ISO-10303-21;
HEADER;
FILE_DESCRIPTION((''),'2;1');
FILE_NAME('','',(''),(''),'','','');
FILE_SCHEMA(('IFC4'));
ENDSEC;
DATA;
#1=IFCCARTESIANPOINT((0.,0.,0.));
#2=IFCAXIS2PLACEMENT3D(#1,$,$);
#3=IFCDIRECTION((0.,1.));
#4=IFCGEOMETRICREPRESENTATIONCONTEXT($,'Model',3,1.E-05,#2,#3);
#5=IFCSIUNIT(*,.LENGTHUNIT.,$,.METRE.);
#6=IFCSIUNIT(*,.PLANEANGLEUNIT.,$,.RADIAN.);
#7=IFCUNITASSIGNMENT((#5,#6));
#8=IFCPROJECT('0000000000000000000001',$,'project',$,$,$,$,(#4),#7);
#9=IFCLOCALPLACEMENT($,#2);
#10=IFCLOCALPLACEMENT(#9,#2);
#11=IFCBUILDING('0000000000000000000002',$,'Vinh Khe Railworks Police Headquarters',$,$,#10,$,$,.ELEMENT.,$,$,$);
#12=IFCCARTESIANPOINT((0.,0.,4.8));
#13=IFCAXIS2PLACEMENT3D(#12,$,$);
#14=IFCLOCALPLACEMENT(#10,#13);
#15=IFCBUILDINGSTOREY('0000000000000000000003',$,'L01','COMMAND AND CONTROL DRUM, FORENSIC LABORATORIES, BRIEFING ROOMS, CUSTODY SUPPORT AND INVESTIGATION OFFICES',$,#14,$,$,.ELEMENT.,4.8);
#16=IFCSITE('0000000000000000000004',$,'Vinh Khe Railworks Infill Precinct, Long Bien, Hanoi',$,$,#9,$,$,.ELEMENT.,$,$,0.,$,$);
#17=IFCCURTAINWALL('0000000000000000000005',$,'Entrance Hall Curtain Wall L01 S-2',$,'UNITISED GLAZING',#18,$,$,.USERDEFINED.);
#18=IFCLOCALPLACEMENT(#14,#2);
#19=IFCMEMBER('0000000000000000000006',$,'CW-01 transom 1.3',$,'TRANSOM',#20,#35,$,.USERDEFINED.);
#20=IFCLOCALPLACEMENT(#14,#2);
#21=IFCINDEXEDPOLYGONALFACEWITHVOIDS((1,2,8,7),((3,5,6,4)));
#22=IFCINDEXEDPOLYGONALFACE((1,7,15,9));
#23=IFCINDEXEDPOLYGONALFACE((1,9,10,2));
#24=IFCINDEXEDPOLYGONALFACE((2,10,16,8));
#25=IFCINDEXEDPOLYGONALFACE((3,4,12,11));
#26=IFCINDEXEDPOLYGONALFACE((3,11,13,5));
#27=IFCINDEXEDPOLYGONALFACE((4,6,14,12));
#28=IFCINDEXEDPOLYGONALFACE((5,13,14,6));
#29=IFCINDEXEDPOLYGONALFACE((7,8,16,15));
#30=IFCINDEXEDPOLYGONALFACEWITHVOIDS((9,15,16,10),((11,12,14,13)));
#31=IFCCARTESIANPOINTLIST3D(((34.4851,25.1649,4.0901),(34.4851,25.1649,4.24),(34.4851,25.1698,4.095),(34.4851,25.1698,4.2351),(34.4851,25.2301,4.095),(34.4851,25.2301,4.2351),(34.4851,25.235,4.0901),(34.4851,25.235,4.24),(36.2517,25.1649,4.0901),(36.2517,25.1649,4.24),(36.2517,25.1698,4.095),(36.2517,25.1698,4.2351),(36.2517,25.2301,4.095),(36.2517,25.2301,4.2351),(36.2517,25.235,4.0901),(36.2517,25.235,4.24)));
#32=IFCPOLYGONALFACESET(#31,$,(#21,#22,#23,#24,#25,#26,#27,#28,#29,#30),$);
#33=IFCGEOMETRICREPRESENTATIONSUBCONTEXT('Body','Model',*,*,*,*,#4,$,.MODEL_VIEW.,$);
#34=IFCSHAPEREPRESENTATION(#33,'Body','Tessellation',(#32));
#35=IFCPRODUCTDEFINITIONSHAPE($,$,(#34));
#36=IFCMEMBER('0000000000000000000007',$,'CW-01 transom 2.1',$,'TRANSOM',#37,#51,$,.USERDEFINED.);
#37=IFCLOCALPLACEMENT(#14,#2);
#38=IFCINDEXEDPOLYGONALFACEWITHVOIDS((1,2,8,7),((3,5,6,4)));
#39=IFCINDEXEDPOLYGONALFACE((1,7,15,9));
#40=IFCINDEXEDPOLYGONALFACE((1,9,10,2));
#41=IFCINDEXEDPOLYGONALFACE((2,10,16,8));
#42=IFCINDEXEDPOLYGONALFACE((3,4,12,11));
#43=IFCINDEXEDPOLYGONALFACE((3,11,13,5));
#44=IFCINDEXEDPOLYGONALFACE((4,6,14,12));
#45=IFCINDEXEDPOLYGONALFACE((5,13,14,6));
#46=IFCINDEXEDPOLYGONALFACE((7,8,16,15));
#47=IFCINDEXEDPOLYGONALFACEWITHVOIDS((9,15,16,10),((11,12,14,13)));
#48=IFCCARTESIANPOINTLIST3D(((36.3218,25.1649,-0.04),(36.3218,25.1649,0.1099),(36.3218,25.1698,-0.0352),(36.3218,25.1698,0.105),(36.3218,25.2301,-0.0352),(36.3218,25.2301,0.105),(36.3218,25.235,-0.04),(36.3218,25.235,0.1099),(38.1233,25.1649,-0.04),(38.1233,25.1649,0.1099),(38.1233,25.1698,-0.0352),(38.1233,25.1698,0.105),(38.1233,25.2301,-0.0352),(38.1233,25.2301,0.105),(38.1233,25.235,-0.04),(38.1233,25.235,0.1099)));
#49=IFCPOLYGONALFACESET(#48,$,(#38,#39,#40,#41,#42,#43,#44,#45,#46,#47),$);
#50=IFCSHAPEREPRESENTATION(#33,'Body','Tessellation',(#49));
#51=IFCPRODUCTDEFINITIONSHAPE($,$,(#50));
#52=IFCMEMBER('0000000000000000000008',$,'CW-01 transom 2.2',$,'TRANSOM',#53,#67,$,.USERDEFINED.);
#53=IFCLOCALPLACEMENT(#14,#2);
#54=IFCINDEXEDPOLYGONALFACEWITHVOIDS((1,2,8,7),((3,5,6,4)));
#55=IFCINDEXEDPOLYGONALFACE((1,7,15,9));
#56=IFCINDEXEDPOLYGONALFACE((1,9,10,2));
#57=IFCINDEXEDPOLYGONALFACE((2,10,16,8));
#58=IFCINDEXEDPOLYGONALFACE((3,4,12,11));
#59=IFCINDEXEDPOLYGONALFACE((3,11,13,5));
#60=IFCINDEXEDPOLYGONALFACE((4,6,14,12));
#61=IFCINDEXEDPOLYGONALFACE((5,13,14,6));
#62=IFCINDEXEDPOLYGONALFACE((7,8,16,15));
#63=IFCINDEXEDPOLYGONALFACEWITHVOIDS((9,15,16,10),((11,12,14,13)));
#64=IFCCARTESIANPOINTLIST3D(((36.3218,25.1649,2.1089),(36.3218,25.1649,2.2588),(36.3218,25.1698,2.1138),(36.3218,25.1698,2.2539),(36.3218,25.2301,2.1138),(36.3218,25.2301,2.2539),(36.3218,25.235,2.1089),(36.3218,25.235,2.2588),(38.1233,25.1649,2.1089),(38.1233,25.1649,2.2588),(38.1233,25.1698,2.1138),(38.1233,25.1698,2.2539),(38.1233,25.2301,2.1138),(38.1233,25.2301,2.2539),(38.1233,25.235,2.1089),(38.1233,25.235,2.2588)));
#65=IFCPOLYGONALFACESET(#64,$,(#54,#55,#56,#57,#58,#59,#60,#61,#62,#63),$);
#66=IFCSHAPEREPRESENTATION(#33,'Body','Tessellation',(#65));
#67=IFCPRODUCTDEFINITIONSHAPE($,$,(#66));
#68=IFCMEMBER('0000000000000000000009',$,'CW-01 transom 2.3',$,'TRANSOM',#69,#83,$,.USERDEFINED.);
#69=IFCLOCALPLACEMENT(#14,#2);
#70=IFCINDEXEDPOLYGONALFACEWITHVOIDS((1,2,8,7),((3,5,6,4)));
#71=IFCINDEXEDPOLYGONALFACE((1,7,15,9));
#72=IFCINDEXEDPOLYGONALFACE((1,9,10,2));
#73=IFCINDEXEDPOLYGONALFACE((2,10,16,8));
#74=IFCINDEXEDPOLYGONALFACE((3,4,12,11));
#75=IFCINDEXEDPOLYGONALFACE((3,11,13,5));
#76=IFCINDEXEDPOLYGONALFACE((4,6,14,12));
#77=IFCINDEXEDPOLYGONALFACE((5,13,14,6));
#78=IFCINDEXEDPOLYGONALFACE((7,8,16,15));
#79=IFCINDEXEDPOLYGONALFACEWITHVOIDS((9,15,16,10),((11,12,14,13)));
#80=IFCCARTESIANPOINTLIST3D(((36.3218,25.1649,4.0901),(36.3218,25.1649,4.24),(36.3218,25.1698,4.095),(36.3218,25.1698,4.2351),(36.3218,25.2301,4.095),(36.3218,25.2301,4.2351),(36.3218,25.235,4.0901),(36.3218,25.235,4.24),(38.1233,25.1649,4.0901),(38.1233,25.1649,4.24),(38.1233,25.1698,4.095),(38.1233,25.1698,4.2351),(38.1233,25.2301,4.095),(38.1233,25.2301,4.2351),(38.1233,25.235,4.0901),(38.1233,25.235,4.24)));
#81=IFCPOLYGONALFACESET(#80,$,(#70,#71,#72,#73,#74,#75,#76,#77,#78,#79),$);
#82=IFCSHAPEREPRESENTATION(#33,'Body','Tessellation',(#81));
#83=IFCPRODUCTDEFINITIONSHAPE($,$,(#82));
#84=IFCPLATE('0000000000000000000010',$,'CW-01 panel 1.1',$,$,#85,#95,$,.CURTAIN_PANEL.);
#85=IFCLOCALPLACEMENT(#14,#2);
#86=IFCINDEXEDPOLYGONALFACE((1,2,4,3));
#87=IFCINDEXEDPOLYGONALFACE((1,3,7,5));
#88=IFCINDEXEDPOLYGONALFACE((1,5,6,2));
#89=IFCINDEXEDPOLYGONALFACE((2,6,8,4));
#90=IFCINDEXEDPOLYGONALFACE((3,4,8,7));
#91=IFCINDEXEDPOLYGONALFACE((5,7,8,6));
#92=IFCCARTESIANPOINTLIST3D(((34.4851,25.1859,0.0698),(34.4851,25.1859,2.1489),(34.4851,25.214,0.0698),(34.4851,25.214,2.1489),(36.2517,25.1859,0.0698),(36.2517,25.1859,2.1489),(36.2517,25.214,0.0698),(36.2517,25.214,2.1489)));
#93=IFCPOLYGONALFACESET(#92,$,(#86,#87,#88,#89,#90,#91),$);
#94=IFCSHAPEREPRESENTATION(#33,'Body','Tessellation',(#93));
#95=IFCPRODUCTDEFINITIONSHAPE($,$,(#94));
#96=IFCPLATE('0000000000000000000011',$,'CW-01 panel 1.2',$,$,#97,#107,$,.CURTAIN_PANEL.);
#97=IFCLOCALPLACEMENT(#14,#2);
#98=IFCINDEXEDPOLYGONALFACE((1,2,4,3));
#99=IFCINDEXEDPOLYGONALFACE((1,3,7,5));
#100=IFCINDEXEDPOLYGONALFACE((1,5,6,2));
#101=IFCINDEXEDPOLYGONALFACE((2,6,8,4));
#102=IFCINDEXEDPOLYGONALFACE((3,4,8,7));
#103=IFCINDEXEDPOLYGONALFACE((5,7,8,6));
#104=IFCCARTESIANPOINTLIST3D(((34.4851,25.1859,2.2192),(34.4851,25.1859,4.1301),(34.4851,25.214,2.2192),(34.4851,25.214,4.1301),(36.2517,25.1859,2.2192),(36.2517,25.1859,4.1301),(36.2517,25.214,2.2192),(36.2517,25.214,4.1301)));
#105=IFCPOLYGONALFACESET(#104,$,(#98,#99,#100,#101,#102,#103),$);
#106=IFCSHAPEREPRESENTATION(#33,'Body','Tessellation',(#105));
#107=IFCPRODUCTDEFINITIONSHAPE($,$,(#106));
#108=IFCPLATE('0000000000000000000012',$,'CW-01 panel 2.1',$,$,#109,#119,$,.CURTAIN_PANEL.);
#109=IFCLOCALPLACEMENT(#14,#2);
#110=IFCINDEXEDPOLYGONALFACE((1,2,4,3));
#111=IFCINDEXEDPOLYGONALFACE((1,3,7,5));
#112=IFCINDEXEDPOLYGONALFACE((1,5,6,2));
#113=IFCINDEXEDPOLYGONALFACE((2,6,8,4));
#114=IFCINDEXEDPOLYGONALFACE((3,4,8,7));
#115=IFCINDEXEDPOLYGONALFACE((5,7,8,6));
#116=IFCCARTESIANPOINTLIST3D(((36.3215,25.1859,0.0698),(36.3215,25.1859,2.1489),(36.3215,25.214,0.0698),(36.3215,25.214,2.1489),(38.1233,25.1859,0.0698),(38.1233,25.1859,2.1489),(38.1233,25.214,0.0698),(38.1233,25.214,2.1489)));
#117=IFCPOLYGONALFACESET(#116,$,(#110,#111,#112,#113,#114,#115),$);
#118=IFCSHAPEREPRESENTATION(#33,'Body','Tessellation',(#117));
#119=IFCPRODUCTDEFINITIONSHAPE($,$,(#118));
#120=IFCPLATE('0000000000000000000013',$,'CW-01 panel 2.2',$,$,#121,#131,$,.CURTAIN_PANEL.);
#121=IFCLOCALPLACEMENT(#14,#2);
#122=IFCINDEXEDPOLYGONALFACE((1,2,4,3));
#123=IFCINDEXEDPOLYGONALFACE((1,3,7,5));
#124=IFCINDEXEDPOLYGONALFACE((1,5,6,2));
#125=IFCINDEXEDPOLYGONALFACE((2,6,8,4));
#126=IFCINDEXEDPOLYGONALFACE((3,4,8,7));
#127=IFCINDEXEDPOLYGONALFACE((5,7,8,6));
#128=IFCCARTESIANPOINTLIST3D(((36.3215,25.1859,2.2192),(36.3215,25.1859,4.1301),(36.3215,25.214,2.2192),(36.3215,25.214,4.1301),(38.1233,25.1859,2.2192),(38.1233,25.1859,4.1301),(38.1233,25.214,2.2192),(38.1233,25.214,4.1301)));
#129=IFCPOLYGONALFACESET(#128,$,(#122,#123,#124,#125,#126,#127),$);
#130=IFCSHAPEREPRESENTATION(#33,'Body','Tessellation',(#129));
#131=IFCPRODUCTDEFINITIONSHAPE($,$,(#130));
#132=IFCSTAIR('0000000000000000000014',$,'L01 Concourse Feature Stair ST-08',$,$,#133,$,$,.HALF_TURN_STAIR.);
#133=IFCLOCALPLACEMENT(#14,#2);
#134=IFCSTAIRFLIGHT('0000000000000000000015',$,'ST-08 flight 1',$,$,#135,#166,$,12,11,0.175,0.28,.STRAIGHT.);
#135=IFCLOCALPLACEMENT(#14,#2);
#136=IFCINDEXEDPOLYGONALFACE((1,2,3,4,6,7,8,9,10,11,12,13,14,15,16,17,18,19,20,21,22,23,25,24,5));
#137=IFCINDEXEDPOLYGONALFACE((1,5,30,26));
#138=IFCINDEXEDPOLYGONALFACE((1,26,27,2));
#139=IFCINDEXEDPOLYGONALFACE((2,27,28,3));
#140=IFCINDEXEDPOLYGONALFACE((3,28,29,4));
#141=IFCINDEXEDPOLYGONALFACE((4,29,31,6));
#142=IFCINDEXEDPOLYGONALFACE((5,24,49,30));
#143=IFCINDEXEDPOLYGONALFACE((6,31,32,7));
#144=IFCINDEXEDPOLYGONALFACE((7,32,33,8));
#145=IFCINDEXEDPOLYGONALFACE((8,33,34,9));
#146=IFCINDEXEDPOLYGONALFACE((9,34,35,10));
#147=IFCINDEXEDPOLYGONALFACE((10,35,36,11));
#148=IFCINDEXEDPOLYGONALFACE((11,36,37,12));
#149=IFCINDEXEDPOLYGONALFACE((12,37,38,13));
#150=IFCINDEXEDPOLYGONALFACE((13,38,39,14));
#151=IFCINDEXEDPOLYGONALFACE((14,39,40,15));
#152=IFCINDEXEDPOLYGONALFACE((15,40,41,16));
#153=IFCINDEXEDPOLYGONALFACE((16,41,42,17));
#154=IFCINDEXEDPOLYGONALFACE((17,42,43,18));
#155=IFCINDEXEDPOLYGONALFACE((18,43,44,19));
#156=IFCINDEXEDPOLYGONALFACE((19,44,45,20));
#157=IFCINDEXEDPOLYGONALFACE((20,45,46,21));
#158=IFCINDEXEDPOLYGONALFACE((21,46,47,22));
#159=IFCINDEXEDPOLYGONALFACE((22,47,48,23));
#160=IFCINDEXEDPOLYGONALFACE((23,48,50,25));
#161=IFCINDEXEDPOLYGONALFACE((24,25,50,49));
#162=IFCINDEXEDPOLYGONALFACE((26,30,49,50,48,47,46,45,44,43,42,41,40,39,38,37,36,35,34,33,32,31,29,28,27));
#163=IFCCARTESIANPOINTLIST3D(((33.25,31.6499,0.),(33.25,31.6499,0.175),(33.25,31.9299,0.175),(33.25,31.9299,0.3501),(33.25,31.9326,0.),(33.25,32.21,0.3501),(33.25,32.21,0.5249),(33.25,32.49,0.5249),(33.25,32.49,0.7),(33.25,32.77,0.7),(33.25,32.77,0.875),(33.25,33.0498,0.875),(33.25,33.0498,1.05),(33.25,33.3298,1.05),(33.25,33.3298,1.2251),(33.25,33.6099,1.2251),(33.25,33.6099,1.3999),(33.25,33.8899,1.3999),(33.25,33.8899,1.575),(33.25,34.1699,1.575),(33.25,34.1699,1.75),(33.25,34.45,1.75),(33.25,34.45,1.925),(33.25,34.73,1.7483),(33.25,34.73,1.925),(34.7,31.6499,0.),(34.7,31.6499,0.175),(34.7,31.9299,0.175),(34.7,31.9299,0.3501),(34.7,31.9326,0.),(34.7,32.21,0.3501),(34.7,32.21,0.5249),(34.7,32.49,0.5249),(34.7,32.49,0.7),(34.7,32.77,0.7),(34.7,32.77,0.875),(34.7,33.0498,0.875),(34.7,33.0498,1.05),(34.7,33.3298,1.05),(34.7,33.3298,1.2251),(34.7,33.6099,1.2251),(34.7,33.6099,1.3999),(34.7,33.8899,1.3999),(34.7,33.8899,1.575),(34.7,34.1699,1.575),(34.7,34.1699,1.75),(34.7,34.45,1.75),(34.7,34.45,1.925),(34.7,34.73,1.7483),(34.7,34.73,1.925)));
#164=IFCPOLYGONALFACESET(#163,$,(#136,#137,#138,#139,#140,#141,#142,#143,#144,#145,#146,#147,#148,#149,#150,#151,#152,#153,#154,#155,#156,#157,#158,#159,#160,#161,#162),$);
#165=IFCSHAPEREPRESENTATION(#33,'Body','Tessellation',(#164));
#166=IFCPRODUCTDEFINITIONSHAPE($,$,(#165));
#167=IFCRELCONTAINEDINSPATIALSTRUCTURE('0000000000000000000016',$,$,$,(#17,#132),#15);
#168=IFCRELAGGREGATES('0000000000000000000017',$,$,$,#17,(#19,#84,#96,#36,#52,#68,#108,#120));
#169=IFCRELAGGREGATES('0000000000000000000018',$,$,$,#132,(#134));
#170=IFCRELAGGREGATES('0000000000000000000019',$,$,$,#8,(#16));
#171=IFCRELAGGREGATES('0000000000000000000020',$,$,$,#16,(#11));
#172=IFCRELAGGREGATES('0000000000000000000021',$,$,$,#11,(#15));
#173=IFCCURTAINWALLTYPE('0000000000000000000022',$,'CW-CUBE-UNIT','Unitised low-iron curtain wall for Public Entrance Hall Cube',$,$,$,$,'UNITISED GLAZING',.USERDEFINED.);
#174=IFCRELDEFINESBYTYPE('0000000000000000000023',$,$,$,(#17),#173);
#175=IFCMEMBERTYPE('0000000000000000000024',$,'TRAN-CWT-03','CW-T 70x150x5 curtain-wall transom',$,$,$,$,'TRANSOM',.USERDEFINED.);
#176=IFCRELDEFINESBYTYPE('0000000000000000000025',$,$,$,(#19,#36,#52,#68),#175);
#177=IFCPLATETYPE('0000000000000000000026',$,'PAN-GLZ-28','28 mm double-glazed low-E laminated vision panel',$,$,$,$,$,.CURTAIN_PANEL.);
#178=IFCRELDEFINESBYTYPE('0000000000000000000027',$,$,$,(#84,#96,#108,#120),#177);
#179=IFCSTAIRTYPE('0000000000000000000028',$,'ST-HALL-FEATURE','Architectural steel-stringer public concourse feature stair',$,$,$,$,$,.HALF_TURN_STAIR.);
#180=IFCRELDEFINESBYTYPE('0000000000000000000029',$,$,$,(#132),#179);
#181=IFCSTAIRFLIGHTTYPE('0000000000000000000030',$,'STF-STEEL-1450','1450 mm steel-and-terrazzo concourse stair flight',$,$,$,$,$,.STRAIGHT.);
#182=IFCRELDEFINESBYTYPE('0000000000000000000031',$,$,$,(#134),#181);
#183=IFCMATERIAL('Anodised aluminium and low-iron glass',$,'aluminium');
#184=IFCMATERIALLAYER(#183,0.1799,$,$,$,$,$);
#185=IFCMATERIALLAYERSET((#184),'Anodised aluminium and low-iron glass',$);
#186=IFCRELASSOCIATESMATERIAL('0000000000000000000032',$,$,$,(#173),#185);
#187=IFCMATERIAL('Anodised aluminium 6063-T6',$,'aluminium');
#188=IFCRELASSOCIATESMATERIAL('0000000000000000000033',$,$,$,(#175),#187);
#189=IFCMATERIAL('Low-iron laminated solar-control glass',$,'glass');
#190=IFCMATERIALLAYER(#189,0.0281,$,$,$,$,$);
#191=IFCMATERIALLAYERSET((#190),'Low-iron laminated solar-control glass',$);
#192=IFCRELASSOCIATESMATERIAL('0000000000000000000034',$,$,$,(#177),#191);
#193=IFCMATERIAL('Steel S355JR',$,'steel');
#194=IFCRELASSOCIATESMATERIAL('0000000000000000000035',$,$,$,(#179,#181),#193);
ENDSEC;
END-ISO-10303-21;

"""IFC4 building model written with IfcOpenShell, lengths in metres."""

from ifc_helpers import new_model, si_unit, direction, frame, origin, origin_2d, place, context, subcontext, project, spatial, polyline, rectangle, hollow_rectangle, outline, extrude, material, layer, layer_set, material_profile, profile_set, type_object, element, aggregate, save


model = new_model("IFC4")

# Units and contexts
model_context = context("Model", 3, precision=1e-05, world=origin(), true_north=direction((0.0, 1.0)))
body_context = subcontext(model_context, "Body", "Model", "MODEL_VIEW")
ifc_project = project(units=[si_unit("LENGTHUNIT", "METRE"), si_unit("PLANEANGLEUNIT", "RADIAN")], contexts=[model_context])

# Site, building, storey
site_placement = place(None, origin())
site = spatial("IfcSite", under=ifc_project, at=site_placement, Name="Vinh Khe Railworks Infill Precinct, Long Bien, Hanoi", CompositionType="ELEMENT", RefElevation=0.0)
building_placement = place(site_placement, origin())
building = spatial("IfcBuilding", under=site, at=building_placement, Name="Vinh Khe Railworks Police Headquarters", CompositionType="ELEMENT")
storey_placement = place(building_placement, frame((0.0, 0.0, 4.8)))
storey = spatial("IfcBuildingStorey", under=building, at=storey_placement, Name="L01", Description="COMMAND AND CONTROL DRUM, FORENSIC LABORATORIES, BRIEFING ROOMS, CUSTODY SUPPORT AND INVESTIGATION OFFICES", CompositionType="ELEMENT", Elevation=4.8)

# Shared definitions
ifc_material_1 = material(Name="Steel S355JR", Category="steel")

# Shared definitions
ifc_material_2 = material(Name="Anodised aluminium and low-iron glass", Category="aluminium")
ifc_layer_1 = layer(ifc_material_2, 0.1799)
ifc_layer_set_1 = layer_set([ifc_layer_1], Name="Anodised aluminium and low-iron glass")
curtain_wall_type = type_object("IfcCurtainWallType", Name="CW-CUBE-UNIT", Description="Unitised low-iron curtain wall for Public Entrance Hall Cube", ElementType="UNITISED GLAZING", PredefinedType="USERDEFINED", material=ifc_layer_set_1)
ifc_material_3 = material(Name="Anodised aluminium 6063-T6", Category="aluminium")

# Curtain wall
curtain_wall_1_placement = place(storey_placement, origin())
curtain_wall_1 = element("IfcCurtainWall", 1, at=curtain_wall_1_placement, inside=storey, type_object=curtain_wall_type, Name="Entrance Hall Curtain Wall L01 S-2", ObjectType="UNITISED GLAZING", PredefinedType="USERDEFINED")

# Members
ifc_material_profile_1 = material_profile(ifc_material_3, hollow_rectangle(XDim=0.0701, YDim=0.1499, WallThickness=0.0049, at=origin_2d()), Name="CW-T 70x150x5")
ifc_profile_set_1 = profile_set([ifc_material_profile_1], Name="Anodised aluminium 6063-T6")
member_type_1 = type_object("IfcMemberType", Name="TRAN-CWT-03", Description="CW-T 70x150x5 curtain-wall transom", ElementType="TRANSOM", PredefinedType="USERDEFINED", material=ifc_profile_set_1)
member_1_placement = place(storey_placement, frame((34.4851, 25.2, 4.165), z_axis=(1.0, 0.0, 0.0), x_axis=(0.0, 1.0, 0.0)))
member_1 = element("IfcMember", 2, at=member_1_placement, type_object=member_type_1, Name="CW-01 transom 1.3", ObjectType="TRANSOM", PredefinedType="USERDEFINED", context=body_context, shape_type="SweptSolid", body=[
    extrude(hollow_rectangle(XDim=0.0701, YDim=0.1499, WallThickness=0.0049, at=origin_2d()), origin(), (0.0, 0.0, 1.0), 1.7666),
])
member_2_placement = place(storey_placement, frame((36.3218, 25.2, 0.0349), z_axis=(1.0, 0.0, 0.0), x_axis=(0.0, 1.0, 0.0)))
member_2 = element("IfcMember", 3, at=member_2_placement, type_object=member_type_1, Name="CW-01 transom 2.1", ObjectType="TRANSOM", PredefinedType="USERDEFINED", context=body_context, shape_type="SweptSolid", body=[
    extrude(hollow_rectangle(XDim=0.0701, YDim=0.1499, WallThickness=0.0049, at=origin_2d()), origin(), (0.0, 0.0, 1.0), 1.8015),
])
member_3_placement = place(storey_placement, frame((36.3218, 25.2, 2.1838), z_axis=(1.0, 0.0, 0.0), x_axis=(0.0, 1.0, 0.0)))
member_3 = element("IfcMember", 4, at=member_3_placement, type_object=member_type_1, Name="CW-01 transom 2.2", ObjectType="TRANSOM", PredefinedType="USERDEFINED", context=body_context, shape_type="SweptSolid", body=[
    extrude(hollow_rectangle(XDim=0.0701, YDim=0.1499, WallThickness=0.0049, at=origin_2d()), origin(), (0.0, 0.0, 1.0), 1.8015),
])
member_4_placement = place(storey_placement, frame((36.3218, 25.2, 4.165), z_axis=(1.0, 0.0, 0.0), x_axis=(0.0, 1.0, 0.0)))
member_4 = element("IfcMember", 5, at=member_4_placement, type_object=member_type_1, Name="CW-01 transom 2.3", ObjectType="TRANSOM", PredefinedType="USERDEFINED", context=body_context, shape_type="SweptSolid", body=[
    extrude(hollow_rectangle(XDim=0.0701, YDim=0.1499, WallThickness=0.0049, at=origin_2d()), origin(), (0.0, 0.0, 1.0), 1.8015),
])

# Plates
ifc_material_4 = material(Name="Low-iron laminated solar-control glass", Category="glass")
ifc_layer_2 = layer(ifc_material_4, 0.0281)
ifc_layer_set_2 = layer_set([ifc_layer_2], Name="Low-iron laminated solar-control glass")
plate_type = type_object("IfcPlateType", Name="PAN-GLZ-28", Description="28 mm double-glazed low-E laminated vision panel", PredefinedType="CURTAIN_PANEL", material=ifc_layer_set_2)
plate_1_placement = place(storey_placement, frame((35.3684, 25.2, 0.0698), z_axis=(0.0, 0.0, 1.0), x_axis=(1.0, 0.0, 0.0)))
plate_1 = element("IfcPlate", 6, at=plate_1_placement, type_object=plate_type, Name="CW-01 panel 1.1", PredefinedType="CURTAIN_PANEL", context=body_context, shape_type="SweptSolid", body=[
    extrude(rectangle(XDim=1.7666, YDim=0.0281, at=origin_2d()), origin(), (0.0, 0.0, 1.0), 2.0791),
])
plate_2_placement = place(storey_placement, frame((35.3684, 25.2, 2.2192), z_axis=(0.0, 0.0, 1.0), x_axis=(1.0, 0.0, 0.0)))
plate_2 = element("IfcPlate", 7, at=plate_2_placement, type_object=plate_type, Name="CW-01 panel 1.2", PredefinedType="CURTAIN_PANEL", context=body_context, shape_type="SweptSolid", body=[
    extrude(rectangle(XDim=1.7666, YDim=0.0281, at=origin_2d()), origin(), (0.0, 0.0, 1.0), 1.9109),
])
plate_3_placement = place(storey_placement, frame((37.2224, 25.2, 0.0698), z_axis=(0.0, 0.0, 1.0), x_axis=(1.0, 0.0, 0.0)))
plate_3 = element("IfcPlate", 8, at=plate_3_placement, type_object=plate_type, Name="CW-01 panel 2.1", PredefinedType="CURTAIN_PANEL", context=body_context, shape_type="SweptSolid", body=[
    extrude(rectangle(XDim=1.8018, YDim=0.0281, at=origin_2d()), origin(), (0.0, 0.0, 1.0), 2.0791),
])
plate_4_placement = place(storey_placement, frame((37.2224, 25.2, 2.2192), z_axis=(0.0, 0.0, 1.0), x_axis=(1.0, 0.0, 0.0)))
plate_4 = element("IfcPlate", 9, at=plate_4_placement, type_object=plate_type, Name="CW-01 panel 2.2", PredefinedType="CURTAIN_PANEL", context=body_context, shape_type="SweptSolid", body=[
    extrude(rectangle(XDim=1.8018, YDim=0.0281, at=origin_2d()), origin(), (0.0, 0.0, 1.0), 1.9109),
])
aggregate(curtain_wall_1, [member_1, plate_1, plate_2, member_2, member_3, member_4, plate_3, plate_4])

# Stair, stair flight
stair_type = type_object("IfcStairType", Name="ST-HALL-FEATURE", Description="Architectural steel-stringer public concourse feature stair", PredefinedType="HALF_TURN_STAIR", material=ifc_material_1)
stair_placement = place(storey_placement, origin())
stair = element("IfcStair", 10, at=stair_placement, inside=storey, type_object=stair_type, Name="L01 Concourse Feature Stair ST-08", PredefinedType="HALF_TURN_STAIR")
stair_flight_type = type_object("IfcStairFlightType", Name="STF-STEEL-1450", Description="1450 mm steel-and-terrazzo concourse stair flight", PredefinedType="STRAIGHT", material=ifc_material_1)
stair_flight_placement = place(storey_placement, frame((33.9751, 31.6499, 0.0), z_axis=(0.0, 0.0, 1.0), x_axis=(0.0, 1.0, 0.0)))
stair_flight = element("IfcStairFlight", 11, at=stair_flight_placement, type_object=stair_flight_type, Name="ST-08 flight 1", NumberOfRisers=12, NumberOfTreads=11, PredefinedType="STRAIGHT", RiserHeight=0.175, TreadLength=0.28, context=body_context, shape_type="SweptSolid", body=[
    extrude(outline(polyline([(0.0, 0.0), (0.0, 0.175), (0.28, 0.175), (0.28, 0.3501), (0.5601, 0.3501), (0.5601, 0.5249), (0.8401, 0.5249), (0.8401, 0.7), (1.1201, 0.7), (1.1201, 0.875), (1.3999, 0.875), (1.3999, 1.05), (1.6799, 1.05), (1.6799, 1.2251), (1.96, 1.2251), (1.96, 1.3999), (2.24, 1.3999), (2.24, 1.575), (2.52, 1.575), (2.52, 1.75), (2.8, 1.75), (2.8, 1.925), (3.0801, 1.925), (3.0801, 2.1001), (3.0801, 1.7483), (0.2827, 0.0), (0.0, 0.0)])), frame((0.0, 0.7251, 0.0), z_axis=(0.0, -1.0, 0.0), x_axis=(1.0, 0.0, 0.0)), (0.0, 0.0, 1.0), 1.45),
])
aggregate(stair, [stair_flight])

save(model, "model.ifc")
